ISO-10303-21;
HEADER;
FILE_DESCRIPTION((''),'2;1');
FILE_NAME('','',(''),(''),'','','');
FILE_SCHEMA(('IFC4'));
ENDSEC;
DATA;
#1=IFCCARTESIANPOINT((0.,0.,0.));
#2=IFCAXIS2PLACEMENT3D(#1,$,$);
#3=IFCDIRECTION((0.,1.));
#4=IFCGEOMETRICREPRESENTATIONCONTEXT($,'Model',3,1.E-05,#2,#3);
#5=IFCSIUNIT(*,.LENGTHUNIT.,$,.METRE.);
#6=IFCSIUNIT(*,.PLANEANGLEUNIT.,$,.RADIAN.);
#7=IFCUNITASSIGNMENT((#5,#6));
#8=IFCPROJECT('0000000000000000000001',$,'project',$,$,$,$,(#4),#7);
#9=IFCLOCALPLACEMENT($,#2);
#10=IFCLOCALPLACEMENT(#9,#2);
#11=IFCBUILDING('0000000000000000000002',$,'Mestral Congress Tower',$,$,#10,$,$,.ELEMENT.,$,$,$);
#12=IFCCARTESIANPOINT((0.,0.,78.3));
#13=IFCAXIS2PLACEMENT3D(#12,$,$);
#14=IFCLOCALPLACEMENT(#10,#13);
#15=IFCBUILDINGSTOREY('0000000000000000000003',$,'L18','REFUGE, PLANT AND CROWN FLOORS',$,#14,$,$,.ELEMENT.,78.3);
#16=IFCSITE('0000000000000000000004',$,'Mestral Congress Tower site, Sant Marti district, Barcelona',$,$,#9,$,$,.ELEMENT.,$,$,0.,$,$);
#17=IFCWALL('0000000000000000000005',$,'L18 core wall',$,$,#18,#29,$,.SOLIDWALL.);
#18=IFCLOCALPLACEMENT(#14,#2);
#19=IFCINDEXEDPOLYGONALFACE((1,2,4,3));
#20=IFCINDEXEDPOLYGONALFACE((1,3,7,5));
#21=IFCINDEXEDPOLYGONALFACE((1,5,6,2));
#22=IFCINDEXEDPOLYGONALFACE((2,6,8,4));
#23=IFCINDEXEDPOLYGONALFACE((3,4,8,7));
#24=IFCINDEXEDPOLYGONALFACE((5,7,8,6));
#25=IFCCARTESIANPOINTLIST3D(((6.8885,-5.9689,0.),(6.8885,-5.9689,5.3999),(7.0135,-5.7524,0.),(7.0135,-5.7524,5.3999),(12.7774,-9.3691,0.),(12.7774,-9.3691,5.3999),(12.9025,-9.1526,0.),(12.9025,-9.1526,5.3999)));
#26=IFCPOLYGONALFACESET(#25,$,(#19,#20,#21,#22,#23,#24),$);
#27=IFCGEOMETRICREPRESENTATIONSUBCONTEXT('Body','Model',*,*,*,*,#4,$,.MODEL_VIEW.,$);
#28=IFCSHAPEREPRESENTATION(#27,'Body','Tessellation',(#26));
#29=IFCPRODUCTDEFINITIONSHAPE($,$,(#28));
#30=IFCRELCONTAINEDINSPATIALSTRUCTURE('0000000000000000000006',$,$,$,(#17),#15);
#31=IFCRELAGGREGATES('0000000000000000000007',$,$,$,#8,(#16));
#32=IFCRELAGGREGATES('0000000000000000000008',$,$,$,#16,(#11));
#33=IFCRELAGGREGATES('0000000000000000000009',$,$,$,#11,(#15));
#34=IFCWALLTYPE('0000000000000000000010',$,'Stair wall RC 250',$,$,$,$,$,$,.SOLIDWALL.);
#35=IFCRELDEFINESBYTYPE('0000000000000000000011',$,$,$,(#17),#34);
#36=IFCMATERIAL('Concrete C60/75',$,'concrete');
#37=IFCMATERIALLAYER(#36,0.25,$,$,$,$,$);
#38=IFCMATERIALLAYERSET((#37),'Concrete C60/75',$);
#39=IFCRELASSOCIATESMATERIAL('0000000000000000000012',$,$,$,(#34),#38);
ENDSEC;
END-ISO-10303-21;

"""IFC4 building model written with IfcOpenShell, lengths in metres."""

from ifc_helpers import new_model, si_unit, direction, frame, frame_2d, origin, place, context, subcontext, project, spatial, rectangle, extrude, material, layer, layer_set, type_object, element, save


model = new_model("IFC4")

# Units and contexts
model_context = context("Model", 3, precision=1e-05, world=origin(), true_north=direction((0.0, 1.0)))
body_context = subcontext(model_context, "Body", "Model", "MODEL_VIEW")
ifc_project = project(units=[si_unit("LENGTHUNIT", "METRE"), si_unit("PLANEANGLEUNIT", "RADIAN")], contexts=[model_context])

# Site, building, storey
site_placement = place(None, origin())
site = spatial("IfcSite", under=ifc_project, at=site_placement, Name="Mestral Congress Tower site, Sant Marti district, Barcelona", CompositionType="ELEMENT", RefElevation=0.0)
building_placement = place(site_placement, origin())
building = spatial("IfcBuilding", under=site, at=building_placement, Name="Mestral Congress Tower", CompositionType="ELEMENT")
storey_placement = place(building_placement, frame((0.0, 0.0, 78.3)))
storey = spatial("IfcBuildingStorey", under=building, at=storey_placement, Name="L18", Description="REFUGE, PLANT AND CROWN FLOORS", CompositionType="ELEMENT", Elevation=78.3)

# Shared definitions
ifc_material_1 = material(Name="Concrete C60/75", Category="concrete")

# Wall
ifc_layer_1 = layer(ifc_material_1, 0.25)
ifc_layer_set_1 = layer_set([ifc_layer_1], Name="Concrete C60/75")
wall_type_1 = type_object("IfcWallType", Name="Stair wall RC 250", PredefinedType="SOLIDWALL", material=ifc_layer_set_1)
wall_1_placement = place(storey_placement, frame((12.8398, -9.2607, 0.0), z_axis=(0.0, 0.0, 1.0), x_axis=(-0.866014, 0.50002, 0.0)))
element("IfcWall", 1, at=wall_1_placement, inside=storey, type_object=wall_type_1, Name="L18 core wall", PredefinedType="SOLIDWALL", context=body_context, shape_type="SweptSolid", body=[
    extrude(rectangle(XDim=6.8, YDim=0.25, at=frame_2d((3.3999, 0.0))), origin(), (0.0, 0.0, 1.0), 5.3999),
])

save(model, "model.ifc")
